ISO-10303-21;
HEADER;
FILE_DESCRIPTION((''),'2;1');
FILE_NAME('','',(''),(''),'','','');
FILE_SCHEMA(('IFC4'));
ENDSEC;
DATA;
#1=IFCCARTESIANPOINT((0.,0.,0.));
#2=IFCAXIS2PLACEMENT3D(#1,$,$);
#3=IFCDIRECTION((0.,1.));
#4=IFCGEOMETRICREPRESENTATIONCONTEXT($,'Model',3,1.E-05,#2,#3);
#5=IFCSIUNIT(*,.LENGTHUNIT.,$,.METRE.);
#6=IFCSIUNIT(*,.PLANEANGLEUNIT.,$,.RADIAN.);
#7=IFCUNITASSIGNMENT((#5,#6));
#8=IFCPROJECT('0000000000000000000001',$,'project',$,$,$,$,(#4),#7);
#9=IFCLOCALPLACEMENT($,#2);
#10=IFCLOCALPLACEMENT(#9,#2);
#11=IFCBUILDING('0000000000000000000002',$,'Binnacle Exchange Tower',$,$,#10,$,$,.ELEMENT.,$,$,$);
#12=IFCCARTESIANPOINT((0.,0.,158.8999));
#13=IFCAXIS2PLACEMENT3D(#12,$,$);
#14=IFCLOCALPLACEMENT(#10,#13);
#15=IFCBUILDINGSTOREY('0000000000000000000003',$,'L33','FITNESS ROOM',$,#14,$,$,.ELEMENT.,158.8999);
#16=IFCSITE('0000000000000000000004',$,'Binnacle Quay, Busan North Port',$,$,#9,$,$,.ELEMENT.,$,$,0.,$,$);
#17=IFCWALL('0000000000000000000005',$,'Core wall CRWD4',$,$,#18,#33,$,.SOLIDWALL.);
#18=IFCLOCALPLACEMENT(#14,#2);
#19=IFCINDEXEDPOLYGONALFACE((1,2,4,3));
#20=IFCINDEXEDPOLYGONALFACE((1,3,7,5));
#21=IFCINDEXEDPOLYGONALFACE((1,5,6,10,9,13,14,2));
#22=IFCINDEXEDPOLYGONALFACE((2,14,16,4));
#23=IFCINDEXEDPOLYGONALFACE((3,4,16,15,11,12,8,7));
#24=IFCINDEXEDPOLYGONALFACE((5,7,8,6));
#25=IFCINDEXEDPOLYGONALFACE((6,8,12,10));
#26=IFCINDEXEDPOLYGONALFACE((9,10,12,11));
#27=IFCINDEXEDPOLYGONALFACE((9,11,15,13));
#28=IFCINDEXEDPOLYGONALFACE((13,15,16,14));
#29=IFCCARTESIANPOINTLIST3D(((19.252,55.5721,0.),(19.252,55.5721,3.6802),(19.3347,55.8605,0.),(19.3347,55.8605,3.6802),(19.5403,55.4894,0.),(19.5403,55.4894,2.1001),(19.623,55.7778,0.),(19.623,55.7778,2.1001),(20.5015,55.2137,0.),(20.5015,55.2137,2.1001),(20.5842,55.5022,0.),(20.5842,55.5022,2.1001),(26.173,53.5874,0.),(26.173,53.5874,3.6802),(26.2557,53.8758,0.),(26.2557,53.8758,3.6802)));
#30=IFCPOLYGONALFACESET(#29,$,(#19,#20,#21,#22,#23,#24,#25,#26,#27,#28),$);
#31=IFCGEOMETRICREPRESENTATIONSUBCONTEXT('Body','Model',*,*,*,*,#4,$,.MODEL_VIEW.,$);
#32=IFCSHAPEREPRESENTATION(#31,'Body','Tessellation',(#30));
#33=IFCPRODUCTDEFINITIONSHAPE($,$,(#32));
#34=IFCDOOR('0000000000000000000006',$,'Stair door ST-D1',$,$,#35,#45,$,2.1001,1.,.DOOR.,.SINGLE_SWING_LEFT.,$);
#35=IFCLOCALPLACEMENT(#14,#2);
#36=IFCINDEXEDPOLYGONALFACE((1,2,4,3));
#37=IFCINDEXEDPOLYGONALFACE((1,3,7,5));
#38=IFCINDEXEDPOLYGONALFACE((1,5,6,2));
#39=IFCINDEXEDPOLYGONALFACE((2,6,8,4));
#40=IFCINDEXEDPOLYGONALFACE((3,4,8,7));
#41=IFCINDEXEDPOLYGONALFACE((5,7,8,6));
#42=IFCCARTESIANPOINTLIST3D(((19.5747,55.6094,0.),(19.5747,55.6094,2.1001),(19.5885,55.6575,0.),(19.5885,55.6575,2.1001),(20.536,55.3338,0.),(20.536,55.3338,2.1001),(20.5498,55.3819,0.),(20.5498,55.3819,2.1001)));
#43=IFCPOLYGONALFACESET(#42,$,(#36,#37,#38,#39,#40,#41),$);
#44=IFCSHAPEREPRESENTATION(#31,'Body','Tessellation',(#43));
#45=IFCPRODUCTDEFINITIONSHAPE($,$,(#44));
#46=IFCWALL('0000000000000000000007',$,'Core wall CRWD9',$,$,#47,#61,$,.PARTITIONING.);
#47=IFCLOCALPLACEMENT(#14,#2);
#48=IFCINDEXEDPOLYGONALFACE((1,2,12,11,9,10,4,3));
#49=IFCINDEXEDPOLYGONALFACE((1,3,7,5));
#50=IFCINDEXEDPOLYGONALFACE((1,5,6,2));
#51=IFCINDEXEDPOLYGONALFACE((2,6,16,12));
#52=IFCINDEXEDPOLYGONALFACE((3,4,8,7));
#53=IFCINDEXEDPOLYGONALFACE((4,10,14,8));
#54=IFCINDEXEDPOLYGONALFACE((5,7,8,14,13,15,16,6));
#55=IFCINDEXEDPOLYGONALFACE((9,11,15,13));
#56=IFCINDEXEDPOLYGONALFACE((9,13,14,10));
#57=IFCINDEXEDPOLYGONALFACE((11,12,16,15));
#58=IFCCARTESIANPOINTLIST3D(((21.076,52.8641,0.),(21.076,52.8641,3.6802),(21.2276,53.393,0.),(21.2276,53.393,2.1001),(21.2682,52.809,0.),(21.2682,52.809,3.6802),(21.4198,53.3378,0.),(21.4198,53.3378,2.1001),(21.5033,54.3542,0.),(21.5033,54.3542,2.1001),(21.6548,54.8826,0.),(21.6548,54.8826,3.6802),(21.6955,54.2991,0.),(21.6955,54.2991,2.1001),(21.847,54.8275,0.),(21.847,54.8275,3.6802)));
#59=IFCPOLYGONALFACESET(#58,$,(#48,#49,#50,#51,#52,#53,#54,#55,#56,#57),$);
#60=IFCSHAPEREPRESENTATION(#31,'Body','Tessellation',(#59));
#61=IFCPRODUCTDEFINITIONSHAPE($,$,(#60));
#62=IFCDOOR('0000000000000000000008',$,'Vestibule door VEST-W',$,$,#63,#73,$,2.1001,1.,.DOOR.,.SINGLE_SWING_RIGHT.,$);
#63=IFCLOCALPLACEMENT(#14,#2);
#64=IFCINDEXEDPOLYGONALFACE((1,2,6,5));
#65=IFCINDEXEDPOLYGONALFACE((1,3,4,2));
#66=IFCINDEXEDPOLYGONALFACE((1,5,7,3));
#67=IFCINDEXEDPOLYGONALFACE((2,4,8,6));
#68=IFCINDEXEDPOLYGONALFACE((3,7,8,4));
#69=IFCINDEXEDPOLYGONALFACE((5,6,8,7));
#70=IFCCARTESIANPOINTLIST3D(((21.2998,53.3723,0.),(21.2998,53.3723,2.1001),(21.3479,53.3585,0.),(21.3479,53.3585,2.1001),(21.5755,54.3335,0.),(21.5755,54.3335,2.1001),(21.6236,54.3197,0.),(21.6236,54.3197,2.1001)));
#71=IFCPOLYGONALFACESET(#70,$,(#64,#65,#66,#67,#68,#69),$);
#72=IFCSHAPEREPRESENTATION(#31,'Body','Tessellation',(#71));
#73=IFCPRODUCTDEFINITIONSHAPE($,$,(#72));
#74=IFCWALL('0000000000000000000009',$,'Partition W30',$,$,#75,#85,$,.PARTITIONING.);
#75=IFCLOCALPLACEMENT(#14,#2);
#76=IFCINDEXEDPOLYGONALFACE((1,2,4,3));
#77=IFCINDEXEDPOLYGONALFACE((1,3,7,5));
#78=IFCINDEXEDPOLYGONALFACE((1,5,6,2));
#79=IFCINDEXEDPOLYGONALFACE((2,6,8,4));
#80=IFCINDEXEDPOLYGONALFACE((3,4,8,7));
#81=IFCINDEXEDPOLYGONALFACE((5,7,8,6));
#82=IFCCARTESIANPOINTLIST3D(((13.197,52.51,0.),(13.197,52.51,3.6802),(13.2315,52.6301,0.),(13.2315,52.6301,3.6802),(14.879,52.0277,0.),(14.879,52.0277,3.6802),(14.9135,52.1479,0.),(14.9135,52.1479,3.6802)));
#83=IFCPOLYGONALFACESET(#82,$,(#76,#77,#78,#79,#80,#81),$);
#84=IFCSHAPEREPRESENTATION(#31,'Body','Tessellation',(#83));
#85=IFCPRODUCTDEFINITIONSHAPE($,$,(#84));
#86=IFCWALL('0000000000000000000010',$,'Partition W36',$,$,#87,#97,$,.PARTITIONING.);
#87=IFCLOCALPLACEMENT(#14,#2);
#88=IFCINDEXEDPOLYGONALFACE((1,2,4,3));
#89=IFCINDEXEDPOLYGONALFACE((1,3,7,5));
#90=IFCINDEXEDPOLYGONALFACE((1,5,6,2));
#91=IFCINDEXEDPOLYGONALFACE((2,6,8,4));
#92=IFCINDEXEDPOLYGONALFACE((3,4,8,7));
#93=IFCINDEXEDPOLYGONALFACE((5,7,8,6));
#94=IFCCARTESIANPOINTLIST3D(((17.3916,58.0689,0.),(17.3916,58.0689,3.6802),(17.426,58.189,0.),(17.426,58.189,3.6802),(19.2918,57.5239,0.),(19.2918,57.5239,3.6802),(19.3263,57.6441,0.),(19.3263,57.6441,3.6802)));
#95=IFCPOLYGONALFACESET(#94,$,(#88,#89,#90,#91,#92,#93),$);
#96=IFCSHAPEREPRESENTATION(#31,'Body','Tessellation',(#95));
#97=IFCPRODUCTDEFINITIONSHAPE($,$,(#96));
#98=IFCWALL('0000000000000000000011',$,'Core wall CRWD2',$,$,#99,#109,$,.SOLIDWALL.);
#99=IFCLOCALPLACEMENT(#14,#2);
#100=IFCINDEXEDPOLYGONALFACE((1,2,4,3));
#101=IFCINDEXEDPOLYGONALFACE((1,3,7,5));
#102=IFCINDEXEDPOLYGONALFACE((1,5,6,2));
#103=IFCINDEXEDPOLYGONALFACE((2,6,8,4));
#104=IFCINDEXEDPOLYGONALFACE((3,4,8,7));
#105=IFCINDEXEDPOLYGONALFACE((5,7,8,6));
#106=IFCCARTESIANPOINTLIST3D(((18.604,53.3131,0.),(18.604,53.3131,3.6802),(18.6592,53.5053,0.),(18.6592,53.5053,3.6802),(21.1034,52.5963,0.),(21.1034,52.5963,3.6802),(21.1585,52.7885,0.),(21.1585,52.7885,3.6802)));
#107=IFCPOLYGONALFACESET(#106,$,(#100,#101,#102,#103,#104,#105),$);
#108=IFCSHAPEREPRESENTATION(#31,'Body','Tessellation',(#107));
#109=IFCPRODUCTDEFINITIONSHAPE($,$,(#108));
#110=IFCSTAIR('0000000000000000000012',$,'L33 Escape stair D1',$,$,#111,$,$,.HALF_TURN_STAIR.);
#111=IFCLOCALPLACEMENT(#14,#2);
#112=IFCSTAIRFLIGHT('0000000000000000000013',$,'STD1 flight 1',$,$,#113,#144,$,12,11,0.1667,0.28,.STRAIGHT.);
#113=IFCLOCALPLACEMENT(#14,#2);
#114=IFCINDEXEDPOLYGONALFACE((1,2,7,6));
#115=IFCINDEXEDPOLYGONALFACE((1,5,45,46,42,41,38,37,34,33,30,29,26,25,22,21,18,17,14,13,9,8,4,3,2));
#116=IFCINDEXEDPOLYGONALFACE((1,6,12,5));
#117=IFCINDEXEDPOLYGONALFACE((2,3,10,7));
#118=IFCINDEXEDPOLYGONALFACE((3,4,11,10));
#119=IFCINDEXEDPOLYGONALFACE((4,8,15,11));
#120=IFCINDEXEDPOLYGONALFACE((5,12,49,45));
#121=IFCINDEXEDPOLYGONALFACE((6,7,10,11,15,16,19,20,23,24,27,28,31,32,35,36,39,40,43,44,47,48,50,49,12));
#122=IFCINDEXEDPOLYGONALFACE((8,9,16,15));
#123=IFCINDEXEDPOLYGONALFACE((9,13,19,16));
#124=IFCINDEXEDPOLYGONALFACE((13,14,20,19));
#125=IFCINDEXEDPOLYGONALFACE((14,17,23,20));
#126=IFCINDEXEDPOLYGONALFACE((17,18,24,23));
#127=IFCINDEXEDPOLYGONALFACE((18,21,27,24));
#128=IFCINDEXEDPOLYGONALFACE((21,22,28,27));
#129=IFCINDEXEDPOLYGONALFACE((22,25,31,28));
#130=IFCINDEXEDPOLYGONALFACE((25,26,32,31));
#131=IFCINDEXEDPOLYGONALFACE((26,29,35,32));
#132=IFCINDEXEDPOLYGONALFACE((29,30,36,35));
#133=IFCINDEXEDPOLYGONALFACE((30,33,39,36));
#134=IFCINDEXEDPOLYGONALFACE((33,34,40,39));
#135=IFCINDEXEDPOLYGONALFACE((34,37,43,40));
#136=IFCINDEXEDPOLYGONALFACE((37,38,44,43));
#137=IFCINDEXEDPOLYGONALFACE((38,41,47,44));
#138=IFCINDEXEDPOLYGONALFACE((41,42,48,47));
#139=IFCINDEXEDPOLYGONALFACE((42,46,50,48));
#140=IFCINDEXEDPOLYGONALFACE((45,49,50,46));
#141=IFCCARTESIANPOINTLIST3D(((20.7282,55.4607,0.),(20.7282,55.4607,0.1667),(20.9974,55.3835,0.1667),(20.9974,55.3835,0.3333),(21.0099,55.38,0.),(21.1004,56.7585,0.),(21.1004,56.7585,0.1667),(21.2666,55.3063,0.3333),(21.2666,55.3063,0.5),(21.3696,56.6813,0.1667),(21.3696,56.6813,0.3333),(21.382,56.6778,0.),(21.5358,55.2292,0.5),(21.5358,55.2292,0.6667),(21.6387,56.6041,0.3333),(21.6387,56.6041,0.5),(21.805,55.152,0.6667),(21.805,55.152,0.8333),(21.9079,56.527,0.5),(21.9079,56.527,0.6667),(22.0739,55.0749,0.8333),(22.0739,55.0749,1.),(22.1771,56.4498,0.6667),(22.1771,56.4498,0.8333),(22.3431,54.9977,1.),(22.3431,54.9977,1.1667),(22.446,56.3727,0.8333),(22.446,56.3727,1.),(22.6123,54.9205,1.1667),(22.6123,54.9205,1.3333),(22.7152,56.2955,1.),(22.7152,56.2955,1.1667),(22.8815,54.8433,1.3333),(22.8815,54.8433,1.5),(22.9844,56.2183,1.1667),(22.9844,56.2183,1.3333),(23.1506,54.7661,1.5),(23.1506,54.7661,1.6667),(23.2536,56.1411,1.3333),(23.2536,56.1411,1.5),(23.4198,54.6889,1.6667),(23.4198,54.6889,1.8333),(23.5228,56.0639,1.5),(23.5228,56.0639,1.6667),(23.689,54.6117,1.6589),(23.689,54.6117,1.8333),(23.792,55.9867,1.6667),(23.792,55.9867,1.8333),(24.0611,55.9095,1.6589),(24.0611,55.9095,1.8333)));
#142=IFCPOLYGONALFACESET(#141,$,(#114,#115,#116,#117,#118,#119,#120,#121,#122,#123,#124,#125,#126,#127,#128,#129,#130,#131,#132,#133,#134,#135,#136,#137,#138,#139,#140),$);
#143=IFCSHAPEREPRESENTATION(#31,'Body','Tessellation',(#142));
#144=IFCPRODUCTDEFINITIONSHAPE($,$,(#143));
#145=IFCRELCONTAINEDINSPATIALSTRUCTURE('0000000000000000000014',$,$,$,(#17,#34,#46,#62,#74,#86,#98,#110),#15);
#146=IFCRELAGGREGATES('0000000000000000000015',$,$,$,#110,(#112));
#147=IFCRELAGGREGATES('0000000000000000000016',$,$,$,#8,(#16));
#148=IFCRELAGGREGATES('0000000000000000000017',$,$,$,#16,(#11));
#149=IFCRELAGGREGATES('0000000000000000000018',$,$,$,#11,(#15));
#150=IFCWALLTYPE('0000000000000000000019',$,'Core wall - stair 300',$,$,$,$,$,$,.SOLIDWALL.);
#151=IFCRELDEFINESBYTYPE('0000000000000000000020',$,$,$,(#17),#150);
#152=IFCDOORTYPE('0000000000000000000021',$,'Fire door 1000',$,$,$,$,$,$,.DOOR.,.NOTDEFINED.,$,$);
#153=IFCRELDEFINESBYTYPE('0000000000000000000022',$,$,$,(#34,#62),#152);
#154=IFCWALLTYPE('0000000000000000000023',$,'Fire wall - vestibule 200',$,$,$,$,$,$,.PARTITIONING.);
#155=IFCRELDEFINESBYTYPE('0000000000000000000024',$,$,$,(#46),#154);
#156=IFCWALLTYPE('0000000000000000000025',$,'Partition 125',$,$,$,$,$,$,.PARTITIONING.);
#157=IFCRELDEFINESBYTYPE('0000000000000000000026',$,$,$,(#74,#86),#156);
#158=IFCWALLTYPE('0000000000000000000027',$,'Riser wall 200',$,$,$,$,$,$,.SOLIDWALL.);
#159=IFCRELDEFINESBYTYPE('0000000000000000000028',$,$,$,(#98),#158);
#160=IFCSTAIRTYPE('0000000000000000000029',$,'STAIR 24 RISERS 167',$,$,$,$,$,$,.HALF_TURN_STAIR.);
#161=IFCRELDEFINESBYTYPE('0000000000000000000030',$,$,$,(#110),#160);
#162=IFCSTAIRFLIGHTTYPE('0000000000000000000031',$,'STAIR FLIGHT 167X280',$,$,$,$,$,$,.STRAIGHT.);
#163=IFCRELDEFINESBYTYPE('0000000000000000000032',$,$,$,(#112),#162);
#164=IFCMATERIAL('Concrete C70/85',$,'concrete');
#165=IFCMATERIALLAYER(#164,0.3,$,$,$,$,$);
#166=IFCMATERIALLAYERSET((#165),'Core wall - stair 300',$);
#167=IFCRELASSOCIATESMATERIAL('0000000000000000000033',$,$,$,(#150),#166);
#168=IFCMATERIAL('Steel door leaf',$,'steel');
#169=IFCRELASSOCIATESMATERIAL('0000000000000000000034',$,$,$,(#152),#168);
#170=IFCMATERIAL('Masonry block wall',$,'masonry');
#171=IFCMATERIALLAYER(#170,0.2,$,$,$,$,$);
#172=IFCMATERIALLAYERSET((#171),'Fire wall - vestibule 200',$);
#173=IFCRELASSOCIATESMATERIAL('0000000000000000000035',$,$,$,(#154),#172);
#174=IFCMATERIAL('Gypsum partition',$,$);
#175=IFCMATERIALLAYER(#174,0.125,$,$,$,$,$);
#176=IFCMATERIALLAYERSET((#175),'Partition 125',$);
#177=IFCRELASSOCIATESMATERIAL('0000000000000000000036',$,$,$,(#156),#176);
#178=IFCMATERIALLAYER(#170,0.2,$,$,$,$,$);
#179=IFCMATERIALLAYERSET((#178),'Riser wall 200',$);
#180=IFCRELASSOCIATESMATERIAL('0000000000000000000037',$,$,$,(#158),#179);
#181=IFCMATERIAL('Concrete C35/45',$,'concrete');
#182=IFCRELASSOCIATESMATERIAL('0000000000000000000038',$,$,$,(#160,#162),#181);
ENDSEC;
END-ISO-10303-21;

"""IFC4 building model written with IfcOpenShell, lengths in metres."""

from ifc_helpers import new_model, si_unit, direction, frame, frame_2d, origin, place, context, subcontext, project, spatial, polyline, rectangle, outline, extrude, material, layer, layer_set, type_object, element, fill, aggregate, save


model = new_model("IFC4")

# Units and contexts
model_context = context("Model", 3, precision=1e-05, world=origin(), true_north=direction((0.0, 1.0)))
body_context = subcontext(model_context, "Body", "Model", "MODEL_VIEW")
ifc_project = project(units=[si_unit("LENGTHUNIT", "METRE"), si_unit("PLANEANGLEUNIT", "RADIAN")], contexts=[model_context])

# Site, building, storey
site_placement = place(None, origin())
site = spatial("IfcSite", under=ifc_project, at=site_placement, Name="Binnacle Quay, Busan North Port", CompositionType="ELEMENT", RefElevation=0.0)
building_placement = place(site_placement, origin())
building = spatial("IfcBuilding", under=site, at=building_placement, Name="Binnacle Exchange Tower", CompositionType="ELEMENT")
storey_placement = place(building_placement, frame((0.0, 0.0, 158.8999)))
storey = spatial("IfcBuildingStorey", under=building, at=storey_placement, Name="L33", Description="FITNESS ROOM", CompositionType="ELEMENT", Elevation=158.8999)

# Shared definitions
ifc_material_1 = material(Name="Concrete C70/85", Category="concrete")

# Shared definitions
ifc_material_2 = material(Name="Steel door leaf", Category="steel")

# Walls, openings, doors
ifc_layer_1 = layer(ifc_material_1, 0.3)
ifc_layer_set_1 = layer_set([ifc_layer_1], Name="Core wall - stair 300")
wall_type_1 = type_object("IfcWallType", Name="Core wall - stair 300", PredefinedType="SOLIDWALL", material=ifc_layer_set_1)
wall_1_placement = place(storey_placement, frame((19.2932, 55.7163, 0.0), z_axis=(0.0, 0.0, 1.0), x_axis=(0.961259, -0.275648, 0.0)))
wall_1 = element("IfcWall", 1, at=wall_1_placement, inside=storey, type_object=wall_type_1, Name="Core wall CRWD4", PredefinedType="SOLIDWALL", context=body_context, shape_type="SweptSolid", body=[
    extrude(rectangle(XDim=7.2, YDim=0.3, at=frame_2d((3.6001, 0.0))), origin(), (0.0, 0.0, 1.0), 3.6802),
])
opening_1_placement = place(wall_1_placement, frame((0.3, 0.0, 0.0)))
opening_1 = element("IfcOpeningElement", 2, at=opening_1_placement, cuts=wall_1, PredefinedType="OPENING", context=body_context, shape_type="SweptSolid", body=[
    extrude(rectangle(XDim=1.0, YDim=2.1001, at=frame_2d((0.5, 1.05))), frame((0.0, 0.1599, 0.0), z_axis=(0.0, -1.0, 0.0), x_axis=(1.0, 0.0, 0.0)), (0.0, 0.0, 1.0), 0.3201),
])
door_type_1 = type_object("IfcDoorType", Name="Fire door 1000", OperationType="NOTDEFINED", PredefinedType="DOOR", material=ifc_material_2)
door_1_placement = place(opening_1_placement, origin())
door_1 = element("IfcDoor", 3, at=door_1_placement, inside=storey, type_object=door_type_1, Name="Stair door ST-D1", OperationType="SINGLE_SWING_LEFT", OverallHeight=2.1001, OverallWidth=1.0, PredefinedType="DOOR", context=body_context, shape_type="SweptSolid", body=[
    extrude(rectangle(XDim=1.0, YDim=2.1001, at=frame_2d((0.5, 1.05))), frame((0.0, 0.0249, 0.0), z_axis=(0.0, -1.0, 0.0), x_axis=(1.0, 0.0, 0.0)), (0.0, 0.0, 1.0), 0.05),
])
fill(opening_1, door_1)
ifc_material_3 = material(Name="Masonry block wall", Category="masonry")
ifc_layer_2 = layer(ifc_material_3, 0.2)
ifc_layer_set_2 = layer_set([ifc_layer_2], Name="Fire wall - vestibule 200")
wall_type_2 = type_object("IfcWallType", Name="Fire wall - vestibule 200", PredefinedType="PARTITIONING", material=ifc_layer_set_2)
wall_2_placement = place(storey_placement, frame((21.1721, 52.8367, 0.0), z_axis=(0.0, 0.0, 1.0), x_axis=(0.275658, 0.961256, 0.0)))
wall_2 = element("IfcWall", 4, at=wall_2_placement, inside=storey, type_object=wall_type_2, Name="Core wall CRWD9", PredefinedType="PARTITIONING", context=body_context, shape_type="SweptSolid", body=[
    extrude(rectangle(XDim=2.0999, YDim=0.2, at=frame_2d((1.0498, 0.0))), origin(), (0.0, 0.0, 1.0), 3.6802),
])
opening_2_placement = place(wall_2_placement, frame((0.55, 0.0, 0.0)))
opening_2 = element("IfcOpeningElement", 5, at=opening_2_placement, cuts=wall_2, PredefinedType="OPENING", context=body_context, shape_type="SweptSolid", body=[
    extrude(rectangle(XDim=1.0, YDim=2.1001, at=frame_2d((0.5, 1.05))), frame((0.0, 0.1099, 0.0), z_axis=(0.0, -1.0, 0.0), x_axis=(1.0, 0.0, 0.0)), (0.0, 0.0, 1.0), 0.22),
])
door_2_placement = place(opening_2_placement, origin())
door_2 = element("IfcDoor", 6, at=door_2_placement, inside=storey, type_object=door_type_1, Name="Vestibule door VEST-W", OperationType="SINGLE_SWING_RIGHT", OverallHeight=2.1001, OverallWidth=1.0, PredefinedType="DOOR", context=body_context, shape_type="SweptSolid", body=[
    extrude(rectangle(XDim=1.0, YDim=2.1001, at=frame_2d((0.5, 1.05))), frame((0.0, 0.0249, 0.0), z_axis=(0.0, -1.0, 0.0), x_axis=(1.0, 0.0, 0.0)), (0.0, 0.0, 1.0), 0.05),
])
fill(opening_2, door_2)

# Walls
ifc_material_4 = material(Name="Gypsum partition")
ifc_layer_3 = layer(ifc_material_4, 0.125)
ifc_layer_set_3 = layer_set([ifc_layer_3], Name="Partition 125")
wall_type_3 = type_object("IfcWallType", Name="Partition 125", PredefinedType="PARTITIONING", material=ifc_layer_set_3)
wall_3_placement = place(storey_placement, frame((13.2141, 52.5701, 0.0), z_axis=(0.0, 0.0, 1.0), x_axis=(0.961276, -0.275587, 0.0)))
element("IfcWall", 7, at=wall_3_placement, inside=storey, type_object=wall_type_3, Name="Partition W30", PredefinedType="PARTITIONING", context=body_context, shape_type="SweptSolid", body=[
    extrude(rectangle(XDim=1.7498, YDim=0.125, at=frame_2d((0.875, 0.0))), origin(), (0.0, 0.0, 1.0), 3.6802),
])
wall_4_placement = place(storey_placement, frame((17.4089, 58.1289, 0.0), z_axis=(0.0, 0.0, 1.0), x_axis=(0.961253, -0.275667, 0.0)))
element("IfcWall", 8, at=wall_4_placement, inside=storey, type_object=wall_type_3, Name="Partition W36", PredefinedType="PARTITIONING", context=body_context, shape_type="SweptSolid", body=[
    extrude(rectangle(XDim=1.9768, YDim=0.125, at=frame_2d((0.9883, 0.0))), origin(), (0.0, 0.0, 1.0), 3.6802),
])
ifc_layer_4 = layer(ifc_material_3, 0.2)
ifc_layer_set_4 = layer_set([ifc_layer_4], Name="Riser wall 200")
wall_type_4 = type_object("IfcWallType", Name="Riser wall 200", PredefinedType="SOLIDWALL", material=ifc_layer_set_4)
wall_5_placement = place(storey_placement, frame((18.6316, 53.4092, 0.0), z_axis=(0.0, 0.0, 1.0), x_axis=(0.961247, -0.275688, 0.0)))
element("IfcWall", 9, at=wall_5_placement, inside=storey, type_object=wall_type_4, Name="Core wall CRWD2", PredefinedType="SOLIDWALL", context=body_context, shape_type="SweptSolid", body=[
    extrude(rectangle(XDim=2.6001, YDim=0.2, at=frame_2d((1.3, 0.0))), origin(), (0.0, 0.0, 1.0), 3.6802),
])

# Stair, stair flight
ifc_material_5 = material(Name="Concrete C35/45", Category="concrete")
stair_type = type_object("IfcStairType", Name="STAIR 24 RISERS 167", PredefinedType="HALF_TURN_STAIR", material=ifc_material_5)
stair_placement = place(storey_placement, origin())
stair = element("IfcStair", 10, at=stair_placement, inside=storey, type_object=stair_type, Name="L33 Escape stair D1", PredefinedType="HALF_TURN_STAIR")
stair_flight_type = type_object("IfcStairFlightType", Name="STAIR FLIGHT 167X280", PredefinedType="STRAIGHT", material=ifc_material_5)
stair_flight_placement = place(storey_placement, frame((20.9143, 56.1096, 0.0), z_axis=(0.0, 0.0, 1.0), x_axis=(0.961262, -0.275637, 0.0)))
stair_flight = element("IfcStairFlight", 11, at=stair_flight_placement, type_object=stair_flight_type, Name="STD1 flight 1", NumberOfRisers=12, NumberOfTreads=11, PredefinedType="STRAIGHT", RiserHeight=0.1667, TreadLength=0.28, context=body_context, shape_type="SweptSolid", body=[
    extrude(outline(polyline([(0.0, 0.0), (0.0, 0.1667), (0.28, 0.1667), (0.28, 0.3333), (0.5601, 0.3333), (0.5601, 0.5), (0.8401, 0.5), (0.8401, 0.6667), (1.1201, 0.6667), (1.1201, 0.8333), (1.3999, 0.8333), (1.3999, 1.0), (1.6799, 1.0), (1.6799, 1.1667), (1.96, 1.1667), (1.96, 1.3333), (2.24, 1.3333), (2.24, 1.5), (2.52, 1.5), (2.52, 1.6667), (2.8, 1.6667), (2.8, 1.8333), (3.0801, 1.8333), (3.0801, 2.0), (3.0801, 1.6589), (0.293, 0.0), (0.0, 0.0)])), frame((0.0, 0.675, 0.0), z_axis=(0.0, -1.0, 0.0), x_axis=(1.0, 0.0, 0.0)), (0.0, 0.0, 1.0), 1.3501),
])
aggregate(stair, [stair_flight])

save(model, "model.ifc")
